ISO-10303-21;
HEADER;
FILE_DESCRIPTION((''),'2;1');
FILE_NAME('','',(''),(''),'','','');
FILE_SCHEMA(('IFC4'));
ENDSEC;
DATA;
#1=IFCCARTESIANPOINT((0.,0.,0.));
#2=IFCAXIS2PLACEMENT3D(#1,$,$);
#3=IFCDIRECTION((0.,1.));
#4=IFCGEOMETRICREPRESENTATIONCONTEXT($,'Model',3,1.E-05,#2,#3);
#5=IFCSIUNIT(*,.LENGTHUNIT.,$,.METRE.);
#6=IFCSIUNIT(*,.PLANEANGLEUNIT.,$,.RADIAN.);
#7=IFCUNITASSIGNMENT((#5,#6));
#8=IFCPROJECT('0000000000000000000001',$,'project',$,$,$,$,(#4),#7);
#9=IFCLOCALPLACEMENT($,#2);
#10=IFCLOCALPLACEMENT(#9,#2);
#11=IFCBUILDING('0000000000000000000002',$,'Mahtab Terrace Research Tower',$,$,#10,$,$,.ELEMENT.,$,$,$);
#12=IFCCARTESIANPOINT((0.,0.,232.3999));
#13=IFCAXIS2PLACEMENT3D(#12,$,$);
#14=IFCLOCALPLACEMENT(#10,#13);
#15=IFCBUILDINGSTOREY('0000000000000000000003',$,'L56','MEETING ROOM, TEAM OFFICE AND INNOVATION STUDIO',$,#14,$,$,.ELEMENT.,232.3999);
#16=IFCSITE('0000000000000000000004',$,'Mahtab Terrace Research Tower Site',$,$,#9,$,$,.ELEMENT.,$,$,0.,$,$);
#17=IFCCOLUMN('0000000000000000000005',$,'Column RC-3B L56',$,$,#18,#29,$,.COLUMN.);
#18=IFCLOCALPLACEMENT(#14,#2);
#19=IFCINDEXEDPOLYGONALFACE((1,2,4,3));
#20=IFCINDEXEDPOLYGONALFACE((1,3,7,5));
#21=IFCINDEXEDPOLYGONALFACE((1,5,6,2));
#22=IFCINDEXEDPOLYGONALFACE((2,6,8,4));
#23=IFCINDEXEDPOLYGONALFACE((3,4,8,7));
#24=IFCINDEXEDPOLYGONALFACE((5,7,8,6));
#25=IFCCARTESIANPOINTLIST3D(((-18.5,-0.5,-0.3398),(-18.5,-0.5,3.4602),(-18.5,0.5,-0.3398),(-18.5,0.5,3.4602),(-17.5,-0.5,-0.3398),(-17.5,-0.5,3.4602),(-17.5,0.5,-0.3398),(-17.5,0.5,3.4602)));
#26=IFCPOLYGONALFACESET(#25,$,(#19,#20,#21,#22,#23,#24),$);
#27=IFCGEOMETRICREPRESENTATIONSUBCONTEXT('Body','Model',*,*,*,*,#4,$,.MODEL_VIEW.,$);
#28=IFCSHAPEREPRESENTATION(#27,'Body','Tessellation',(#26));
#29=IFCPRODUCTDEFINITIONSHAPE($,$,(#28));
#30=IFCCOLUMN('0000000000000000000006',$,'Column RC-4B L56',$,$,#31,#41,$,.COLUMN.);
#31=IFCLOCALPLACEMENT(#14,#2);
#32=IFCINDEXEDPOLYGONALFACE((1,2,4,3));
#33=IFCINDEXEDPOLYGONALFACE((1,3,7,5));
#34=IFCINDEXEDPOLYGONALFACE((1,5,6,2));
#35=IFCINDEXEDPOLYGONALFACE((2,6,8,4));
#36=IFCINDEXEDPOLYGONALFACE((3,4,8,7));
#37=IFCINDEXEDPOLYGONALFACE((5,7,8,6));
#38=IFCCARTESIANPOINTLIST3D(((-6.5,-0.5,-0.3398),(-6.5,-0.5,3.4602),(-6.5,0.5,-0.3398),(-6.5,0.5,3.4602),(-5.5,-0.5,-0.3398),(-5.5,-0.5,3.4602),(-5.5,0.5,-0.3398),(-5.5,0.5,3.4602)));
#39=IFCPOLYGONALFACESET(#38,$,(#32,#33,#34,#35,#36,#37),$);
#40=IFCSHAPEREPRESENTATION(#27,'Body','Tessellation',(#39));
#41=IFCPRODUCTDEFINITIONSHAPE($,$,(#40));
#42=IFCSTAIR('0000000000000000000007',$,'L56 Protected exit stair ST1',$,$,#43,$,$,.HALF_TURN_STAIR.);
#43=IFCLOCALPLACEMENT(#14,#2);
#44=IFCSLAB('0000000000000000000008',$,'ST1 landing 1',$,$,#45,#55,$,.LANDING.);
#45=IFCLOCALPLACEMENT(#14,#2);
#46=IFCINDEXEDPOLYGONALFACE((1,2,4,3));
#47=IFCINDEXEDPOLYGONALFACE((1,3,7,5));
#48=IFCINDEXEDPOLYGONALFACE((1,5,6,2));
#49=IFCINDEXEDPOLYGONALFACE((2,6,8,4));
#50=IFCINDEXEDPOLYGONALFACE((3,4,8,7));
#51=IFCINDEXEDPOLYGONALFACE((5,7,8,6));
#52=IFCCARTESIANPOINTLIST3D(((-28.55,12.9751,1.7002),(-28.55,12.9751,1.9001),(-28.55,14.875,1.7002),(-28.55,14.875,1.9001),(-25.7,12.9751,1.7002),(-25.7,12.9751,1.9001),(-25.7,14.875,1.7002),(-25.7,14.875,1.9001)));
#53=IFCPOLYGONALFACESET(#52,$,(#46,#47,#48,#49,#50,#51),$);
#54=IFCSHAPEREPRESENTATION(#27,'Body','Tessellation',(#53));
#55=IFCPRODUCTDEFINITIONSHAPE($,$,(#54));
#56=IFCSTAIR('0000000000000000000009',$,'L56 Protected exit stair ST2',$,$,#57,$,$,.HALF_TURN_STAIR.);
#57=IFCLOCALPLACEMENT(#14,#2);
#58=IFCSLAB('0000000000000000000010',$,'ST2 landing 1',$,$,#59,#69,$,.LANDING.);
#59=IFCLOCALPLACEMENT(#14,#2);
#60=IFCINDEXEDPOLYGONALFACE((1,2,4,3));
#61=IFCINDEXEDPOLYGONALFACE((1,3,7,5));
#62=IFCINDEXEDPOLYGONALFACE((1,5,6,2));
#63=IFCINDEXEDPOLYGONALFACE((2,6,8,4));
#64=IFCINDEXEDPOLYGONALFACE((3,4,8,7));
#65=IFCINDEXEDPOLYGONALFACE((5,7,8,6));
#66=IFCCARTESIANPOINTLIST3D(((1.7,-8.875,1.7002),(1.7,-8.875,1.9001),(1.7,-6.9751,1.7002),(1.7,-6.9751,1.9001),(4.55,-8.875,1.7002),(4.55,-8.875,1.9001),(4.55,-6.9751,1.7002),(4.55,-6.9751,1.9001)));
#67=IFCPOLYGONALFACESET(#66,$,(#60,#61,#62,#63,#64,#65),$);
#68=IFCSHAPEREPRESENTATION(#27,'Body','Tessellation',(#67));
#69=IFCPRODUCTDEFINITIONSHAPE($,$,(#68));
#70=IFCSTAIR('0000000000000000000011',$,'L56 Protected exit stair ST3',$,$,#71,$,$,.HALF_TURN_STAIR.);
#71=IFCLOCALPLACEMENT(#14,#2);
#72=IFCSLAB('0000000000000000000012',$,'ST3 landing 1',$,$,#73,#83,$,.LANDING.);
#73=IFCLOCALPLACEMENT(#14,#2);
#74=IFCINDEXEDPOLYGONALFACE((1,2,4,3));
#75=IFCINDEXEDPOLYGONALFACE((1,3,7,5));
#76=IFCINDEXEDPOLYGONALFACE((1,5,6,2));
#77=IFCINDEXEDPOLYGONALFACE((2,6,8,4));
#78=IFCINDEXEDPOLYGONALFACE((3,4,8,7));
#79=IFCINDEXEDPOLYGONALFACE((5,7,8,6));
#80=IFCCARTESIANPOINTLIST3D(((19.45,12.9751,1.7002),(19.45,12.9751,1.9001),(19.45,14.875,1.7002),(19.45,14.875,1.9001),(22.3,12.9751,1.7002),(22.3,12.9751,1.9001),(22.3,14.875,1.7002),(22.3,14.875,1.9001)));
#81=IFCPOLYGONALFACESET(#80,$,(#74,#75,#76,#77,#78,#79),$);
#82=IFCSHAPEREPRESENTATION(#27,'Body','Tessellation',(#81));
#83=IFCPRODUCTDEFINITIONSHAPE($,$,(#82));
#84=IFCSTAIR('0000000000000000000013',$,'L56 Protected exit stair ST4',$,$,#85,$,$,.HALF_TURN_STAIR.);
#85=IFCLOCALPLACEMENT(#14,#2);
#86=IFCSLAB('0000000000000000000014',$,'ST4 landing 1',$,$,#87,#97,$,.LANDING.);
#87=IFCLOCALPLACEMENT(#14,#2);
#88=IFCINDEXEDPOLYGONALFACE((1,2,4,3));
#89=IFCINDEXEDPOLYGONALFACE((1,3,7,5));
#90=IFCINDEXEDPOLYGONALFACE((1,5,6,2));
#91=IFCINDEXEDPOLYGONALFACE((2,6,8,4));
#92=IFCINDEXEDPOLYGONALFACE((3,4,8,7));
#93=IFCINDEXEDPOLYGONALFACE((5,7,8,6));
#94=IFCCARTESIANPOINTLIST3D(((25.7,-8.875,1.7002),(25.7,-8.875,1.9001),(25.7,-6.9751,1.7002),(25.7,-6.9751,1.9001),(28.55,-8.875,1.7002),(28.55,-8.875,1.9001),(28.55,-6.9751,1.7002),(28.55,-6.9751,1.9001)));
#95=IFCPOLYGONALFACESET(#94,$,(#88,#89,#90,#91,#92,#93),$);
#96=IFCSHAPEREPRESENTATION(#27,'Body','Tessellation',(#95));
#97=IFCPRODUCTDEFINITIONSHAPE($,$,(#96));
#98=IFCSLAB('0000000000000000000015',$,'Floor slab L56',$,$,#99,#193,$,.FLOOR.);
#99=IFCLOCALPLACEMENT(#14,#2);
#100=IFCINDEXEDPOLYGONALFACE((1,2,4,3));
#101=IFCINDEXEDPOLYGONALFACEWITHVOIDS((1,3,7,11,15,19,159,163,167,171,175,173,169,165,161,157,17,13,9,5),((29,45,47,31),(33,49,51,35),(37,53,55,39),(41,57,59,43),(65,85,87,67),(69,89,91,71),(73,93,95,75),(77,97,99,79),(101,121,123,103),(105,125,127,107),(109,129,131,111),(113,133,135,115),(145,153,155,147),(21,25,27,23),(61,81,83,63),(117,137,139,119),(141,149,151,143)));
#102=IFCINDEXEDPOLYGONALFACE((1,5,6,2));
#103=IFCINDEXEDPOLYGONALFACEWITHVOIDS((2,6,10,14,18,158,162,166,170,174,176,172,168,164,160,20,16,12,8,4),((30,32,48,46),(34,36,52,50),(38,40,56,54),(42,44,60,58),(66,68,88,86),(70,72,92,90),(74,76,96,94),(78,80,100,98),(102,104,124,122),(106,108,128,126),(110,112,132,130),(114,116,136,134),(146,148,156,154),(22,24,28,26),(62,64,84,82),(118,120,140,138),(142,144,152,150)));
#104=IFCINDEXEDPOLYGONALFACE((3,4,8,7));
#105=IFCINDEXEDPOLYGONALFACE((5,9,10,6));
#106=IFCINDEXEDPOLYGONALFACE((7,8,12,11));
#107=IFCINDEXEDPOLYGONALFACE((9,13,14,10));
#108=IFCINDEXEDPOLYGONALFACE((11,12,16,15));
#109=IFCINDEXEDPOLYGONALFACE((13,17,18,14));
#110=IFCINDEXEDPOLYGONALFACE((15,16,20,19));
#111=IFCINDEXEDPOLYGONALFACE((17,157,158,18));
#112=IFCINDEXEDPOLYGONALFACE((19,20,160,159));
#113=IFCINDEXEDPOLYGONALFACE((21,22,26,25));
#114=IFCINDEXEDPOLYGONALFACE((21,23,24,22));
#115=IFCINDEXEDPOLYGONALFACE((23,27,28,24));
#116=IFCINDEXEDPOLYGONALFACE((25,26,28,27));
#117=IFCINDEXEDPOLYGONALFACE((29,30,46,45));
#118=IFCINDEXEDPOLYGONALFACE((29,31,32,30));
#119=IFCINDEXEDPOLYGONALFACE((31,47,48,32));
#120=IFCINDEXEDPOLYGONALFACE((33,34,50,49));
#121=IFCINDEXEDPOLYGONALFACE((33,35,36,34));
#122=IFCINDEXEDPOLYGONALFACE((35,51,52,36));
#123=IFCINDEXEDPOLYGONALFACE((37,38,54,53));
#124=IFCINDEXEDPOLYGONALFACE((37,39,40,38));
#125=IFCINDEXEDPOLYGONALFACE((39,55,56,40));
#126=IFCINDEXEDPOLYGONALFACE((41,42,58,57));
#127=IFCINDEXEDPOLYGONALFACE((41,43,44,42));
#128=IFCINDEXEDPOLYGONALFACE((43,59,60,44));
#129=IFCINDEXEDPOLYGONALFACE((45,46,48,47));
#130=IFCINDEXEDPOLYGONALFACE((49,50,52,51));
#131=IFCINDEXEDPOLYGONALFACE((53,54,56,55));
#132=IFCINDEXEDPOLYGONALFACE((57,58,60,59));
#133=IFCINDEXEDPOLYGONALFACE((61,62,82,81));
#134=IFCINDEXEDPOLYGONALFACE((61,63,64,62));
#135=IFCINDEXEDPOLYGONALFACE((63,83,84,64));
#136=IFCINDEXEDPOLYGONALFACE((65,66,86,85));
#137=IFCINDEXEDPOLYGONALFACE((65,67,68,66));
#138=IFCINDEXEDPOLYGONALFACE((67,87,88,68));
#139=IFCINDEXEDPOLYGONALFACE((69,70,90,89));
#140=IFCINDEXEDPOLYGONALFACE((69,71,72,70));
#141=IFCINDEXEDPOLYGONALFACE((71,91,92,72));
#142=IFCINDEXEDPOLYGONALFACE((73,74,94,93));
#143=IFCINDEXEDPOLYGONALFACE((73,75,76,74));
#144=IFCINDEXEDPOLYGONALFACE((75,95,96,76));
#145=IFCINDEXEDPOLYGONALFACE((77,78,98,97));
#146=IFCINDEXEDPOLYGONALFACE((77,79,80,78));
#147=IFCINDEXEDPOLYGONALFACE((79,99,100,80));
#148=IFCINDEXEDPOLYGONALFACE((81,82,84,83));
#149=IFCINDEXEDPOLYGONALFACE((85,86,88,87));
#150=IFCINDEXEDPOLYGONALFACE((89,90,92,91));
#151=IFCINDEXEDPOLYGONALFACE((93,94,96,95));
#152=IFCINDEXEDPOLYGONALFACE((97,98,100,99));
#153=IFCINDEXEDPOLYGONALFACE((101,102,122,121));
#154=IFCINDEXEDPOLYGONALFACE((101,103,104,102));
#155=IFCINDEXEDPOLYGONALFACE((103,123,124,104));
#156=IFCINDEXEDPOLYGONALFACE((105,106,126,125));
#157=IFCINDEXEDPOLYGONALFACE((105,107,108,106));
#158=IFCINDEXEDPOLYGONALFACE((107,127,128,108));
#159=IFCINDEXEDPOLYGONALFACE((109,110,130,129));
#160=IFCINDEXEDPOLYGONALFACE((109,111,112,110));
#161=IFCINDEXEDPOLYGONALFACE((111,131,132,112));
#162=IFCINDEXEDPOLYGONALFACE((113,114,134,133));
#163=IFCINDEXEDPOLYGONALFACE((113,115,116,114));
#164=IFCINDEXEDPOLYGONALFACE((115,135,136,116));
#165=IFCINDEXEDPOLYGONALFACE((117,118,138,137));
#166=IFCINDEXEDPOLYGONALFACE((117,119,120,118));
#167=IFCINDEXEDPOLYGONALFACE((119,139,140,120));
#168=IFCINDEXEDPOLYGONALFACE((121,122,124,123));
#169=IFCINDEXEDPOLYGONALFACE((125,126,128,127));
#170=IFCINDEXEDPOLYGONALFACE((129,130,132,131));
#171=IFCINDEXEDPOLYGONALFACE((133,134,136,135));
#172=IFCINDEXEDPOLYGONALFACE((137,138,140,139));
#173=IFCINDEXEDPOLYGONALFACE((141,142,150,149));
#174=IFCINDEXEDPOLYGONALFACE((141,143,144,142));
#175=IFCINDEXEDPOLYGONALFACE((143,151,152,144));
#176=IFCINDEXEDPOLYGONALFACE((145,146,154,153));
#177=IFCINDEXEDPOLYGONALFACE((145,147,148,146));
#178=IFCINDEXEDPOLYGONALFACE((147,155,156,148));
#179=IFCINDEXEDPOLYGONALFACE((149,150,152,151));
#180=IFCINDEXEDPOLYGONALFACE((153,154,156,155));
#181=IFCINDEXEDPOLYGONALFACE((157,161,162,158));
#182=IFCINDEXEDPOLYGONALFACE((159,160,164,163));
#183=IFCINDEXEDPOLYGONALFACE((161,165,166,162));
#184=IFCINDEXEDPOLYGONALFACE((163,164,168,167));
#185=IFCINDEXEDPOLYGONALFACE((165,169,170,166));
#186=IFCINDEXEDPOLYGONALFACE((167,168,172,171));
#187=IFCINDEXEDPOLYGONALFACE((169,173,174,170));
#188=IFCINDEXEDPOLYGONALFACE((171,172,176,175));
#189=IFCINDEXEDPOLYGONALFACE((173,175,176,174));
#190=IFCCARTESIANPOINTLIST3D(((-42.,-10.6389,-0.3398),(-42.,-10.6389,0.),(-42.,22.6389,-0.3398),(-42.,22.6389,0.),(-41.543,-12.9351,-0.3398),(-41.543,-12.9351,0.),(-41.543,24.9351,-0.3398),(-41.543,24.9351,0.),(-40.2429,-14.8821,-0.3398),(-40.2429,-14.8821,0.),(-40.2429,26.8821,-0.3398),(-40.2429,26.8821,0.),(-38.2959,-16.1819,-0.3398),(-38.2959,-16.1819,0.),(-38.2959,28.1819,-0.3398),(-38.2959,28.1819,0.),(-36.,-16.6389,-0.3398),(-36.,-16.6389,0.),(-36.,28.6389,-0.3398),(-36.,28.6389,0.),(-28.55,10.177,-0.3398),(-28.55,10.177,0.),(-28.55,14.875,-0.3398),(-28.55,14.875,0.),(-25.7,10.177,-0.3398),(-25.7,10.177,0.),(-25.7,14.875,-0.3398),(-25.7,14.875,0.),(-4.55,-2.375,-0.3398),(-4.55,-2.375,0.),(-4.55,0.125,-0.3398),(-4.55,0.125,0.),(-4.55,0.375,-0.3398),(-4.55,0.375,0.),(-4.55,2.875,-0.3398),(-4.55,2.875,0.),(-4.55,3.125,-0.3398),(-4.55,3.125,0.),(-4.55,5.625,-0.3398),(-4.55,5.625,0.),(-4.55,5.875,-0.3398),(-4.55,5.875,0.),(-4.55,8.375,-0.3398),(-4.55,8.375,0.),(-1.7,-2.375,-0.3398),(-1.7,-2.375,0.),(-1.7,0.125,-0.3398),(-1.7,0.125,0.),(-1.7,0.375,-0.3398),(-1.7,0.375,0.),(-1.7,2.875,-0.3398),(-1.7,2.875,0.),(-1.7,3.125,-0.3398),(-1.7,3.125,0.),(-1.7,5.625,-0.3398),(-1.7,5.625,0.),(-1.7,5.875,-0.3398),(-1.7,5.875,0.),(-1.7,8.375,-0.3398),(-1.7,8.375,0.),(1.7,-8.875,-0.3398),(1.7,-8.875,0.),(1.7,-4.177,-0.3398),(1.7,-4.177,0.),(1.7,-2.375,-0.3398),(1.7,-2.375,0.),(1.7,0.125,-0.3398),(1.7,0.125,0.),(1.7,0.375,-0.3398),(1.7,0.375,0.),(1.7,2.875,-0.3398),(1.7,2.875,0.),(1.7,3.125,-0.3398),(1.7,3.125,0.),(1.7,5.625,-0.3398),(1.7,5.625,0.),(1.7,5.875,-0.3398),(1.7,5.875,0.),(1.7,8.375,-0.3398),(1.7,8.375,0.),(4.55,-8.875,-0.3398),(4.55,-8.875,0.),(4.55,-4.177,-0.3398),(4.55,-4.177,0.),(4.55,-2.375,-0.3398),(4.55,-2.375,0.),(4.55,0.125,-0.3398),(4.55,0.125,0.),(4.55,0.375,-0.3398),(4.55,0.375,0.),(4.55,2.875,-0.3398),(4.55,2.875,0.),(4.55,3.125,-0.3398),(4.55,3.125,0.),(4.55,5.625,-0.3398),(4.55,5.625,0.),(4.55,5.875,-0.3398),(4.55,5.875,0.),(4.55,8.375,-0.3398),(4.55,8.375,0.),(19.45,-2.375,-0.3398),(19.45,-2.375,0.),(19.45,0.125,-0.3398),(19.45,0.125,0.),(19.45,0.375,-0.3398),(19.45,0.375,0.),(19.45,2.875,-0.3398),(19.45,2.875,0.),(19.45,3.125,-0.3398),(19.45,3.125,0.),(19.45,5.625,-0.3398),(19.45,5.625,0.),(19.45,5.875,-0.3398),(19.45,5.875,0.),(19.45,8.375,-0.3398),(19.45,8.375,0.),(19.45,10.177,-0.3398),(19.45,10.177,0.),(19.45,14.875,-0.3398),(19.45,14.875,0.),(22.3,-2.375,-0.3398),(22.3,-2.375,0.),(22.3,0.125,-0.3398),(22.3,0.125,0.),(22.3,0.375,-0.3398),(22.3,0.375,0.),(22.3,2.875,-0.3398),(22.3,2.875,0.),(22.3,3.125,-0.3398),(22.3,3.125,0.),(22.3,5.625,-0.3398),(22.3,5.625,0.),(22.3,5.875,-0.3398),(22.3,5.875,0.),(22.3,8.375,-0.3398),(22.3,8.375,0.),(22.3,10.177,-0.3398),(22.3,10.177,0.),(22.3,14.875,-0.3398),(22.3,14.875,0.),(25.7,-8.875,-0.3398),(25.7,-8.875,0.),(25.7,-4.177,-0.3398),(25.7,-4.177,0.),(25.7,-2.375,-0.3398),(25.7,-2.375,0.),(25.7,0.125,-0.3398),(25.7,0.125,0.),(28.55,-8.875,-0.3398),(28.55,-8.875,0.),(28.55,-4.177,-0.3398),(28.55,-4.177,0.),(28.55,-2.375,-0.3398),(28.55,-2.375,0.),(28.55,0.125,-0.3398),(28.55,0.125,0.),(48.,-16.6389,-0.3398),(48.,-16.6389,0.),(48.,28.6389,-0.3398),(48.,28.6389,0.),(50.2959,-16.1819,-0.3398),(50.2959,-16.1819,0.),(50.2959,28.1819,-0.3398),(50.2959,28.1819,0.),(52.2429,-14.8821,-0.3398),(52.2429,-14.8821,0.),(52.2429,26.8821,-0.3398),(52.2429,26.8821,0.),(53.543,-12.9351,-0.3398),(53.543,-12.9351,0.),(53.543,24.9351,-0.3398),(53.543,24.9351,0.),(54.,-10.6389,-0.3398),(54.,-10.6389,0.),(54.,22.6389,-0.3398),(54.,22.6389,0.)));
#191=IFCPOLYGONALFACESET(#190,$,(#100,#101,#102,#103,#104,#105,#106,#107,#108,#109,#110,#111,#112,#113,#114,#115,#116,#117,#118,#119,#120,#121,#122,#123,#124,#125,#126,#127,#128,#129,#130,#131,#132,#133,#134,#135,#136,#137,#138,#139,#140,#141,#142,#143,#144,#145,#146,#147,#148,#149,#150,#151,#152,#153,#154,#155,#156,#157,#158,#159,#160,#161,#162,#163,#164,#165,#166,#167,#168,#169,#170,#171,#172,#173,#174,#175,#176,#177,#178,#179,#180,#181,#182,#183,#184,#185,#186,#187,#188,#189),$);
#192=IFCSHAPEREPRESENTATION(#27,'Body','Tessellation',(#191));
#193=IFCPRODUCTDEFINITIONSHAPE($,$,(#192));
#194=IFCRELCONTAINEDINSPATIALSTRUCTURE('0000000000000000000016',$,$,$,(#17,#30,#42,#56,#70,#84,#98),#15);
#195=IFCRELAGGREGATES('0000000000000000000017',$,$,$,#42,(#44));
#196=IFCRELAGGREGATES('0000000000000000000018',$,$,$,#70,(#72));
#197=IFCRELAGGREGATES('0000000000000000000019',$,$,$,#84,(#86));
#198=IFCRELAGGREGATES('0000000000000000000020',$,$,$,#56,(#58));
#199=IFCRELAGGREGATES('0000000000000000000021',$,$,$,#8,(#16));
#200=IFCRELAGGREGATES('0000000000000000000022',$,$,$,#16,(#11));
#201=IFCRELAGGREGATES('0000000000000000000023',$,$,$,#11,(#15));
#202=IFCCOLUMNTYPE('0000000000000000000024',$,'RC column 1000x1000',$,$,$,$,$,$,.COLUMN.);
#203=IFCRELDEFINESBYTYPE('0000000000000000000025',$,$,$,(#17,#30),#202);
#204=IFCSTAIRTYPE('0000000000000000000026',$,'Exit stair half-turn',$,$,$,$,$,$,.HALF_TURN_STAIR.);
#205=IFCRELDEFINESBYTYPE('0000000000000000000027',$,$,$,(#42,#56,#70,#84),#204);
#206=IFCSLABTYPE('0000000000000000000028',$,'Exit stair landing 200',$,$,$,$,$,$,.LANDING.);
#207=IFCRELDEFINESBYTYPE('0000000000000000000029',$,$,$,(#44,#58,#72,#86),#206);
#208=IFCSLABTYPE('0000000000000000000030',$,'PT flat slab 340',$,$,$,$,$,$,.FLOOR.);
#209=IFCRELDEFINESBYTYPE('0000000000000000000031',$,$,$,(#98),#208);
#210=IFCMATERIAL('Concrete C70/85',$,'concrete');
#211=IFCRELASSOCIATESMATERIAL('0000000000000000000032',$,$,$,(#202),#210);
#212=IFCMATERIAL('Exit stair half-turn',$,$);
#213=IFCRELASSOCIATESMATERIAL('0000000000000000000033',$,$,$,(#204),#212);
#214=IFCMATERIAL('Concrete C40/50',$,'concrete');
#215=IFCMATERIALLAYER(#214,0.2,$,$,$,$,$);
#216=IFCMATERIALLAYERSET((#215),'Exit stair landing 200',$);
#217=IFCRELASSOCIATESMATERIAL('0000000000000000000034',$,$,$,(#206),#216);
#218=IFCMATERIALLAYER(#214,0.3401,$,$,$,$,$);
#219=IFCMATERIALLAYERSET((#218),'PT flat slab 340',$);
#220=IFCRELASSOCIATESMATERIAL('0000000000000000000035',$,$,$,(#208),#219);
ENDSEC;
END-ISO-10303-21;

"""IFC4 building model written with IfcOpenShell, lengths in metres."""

from ifc_helpers import new_model, si_unit, direction, frame, origin, origin_2d, place, context, subcontext, project, spatial, polyline, rectangle, outline, extrude, material, layer, layer_set, material_profile, profile_set, type_object, element, aggregate, save


model = new_model("IFC4")

# Units and contexts
model_context = context("Model", 3, precision=1e-05, world=origin(), true_north=direction((0.0, 1.0)))
body_context = subcontext(model_context, "Body", "Model", "MODEL_VIEW")
ifc_project = project(units=[si_unit("LENGTHUNIT", "METRE"), si_unit("PLANEANGLEUNIT", "RADIAN")], contexts=[model_context])

# Site, building, storey
site_placement = place(None, origin())
site = spatial("IfcSite", under=ifc_project, at=site_placement, Name="Mahtab Terrace Research Tower Site", CompositionType="ELEMENT", RefElevation=0.0)
building_placement = place(site_placement, origin())
building = spatial("IfcBuilding", under=site, at=building_placement, Name="Mahtab Terrace Research Tower", CompositionType="ELEMENT")
storey_placement = place(building_placement, frame((0.0, 0.0, 232.3999)))
storey = spatial("IfcBuildingStorey", under=building, at=storey_placement, Name="L56", Description="MEETING ROOM, TEAM OFFICE AND INNOVATION STUDIO", CompositionType="ELEMENT", Elevation=232.3999)

# Columns
ifc_material_1 = material(Name="Concrete C70/85", Category="concrete")
ifc_material_profile = material_profile(ifc_material_1, rectangle(XDim=1.0, YDim=1.0, at=origin_2d()), Name="RC column 1000x1000")
ifc_profile_set = profile_set([ifc_material_profile], Name="Concrete C70/85")
column_type = type_object("IfcColumnType", Name="RC column 1000x1000", PredefinedType="COLUMN", material=ifc_profile_set)
for number, where, z_axis, x_axis, name in (
    (1, (-18.0, 0.0, -0.3398), (0.0, 0.0, 1.0), (1.0, 0.0, 0.0), "Column RC-3B L56"),
    (2, (-6.0, 0.0, -0.3398), (0.0, 0.0, 1.0), (1.0, 0.0, 0.0), "Column RC-4B L56"),
):
    element("IfcColumn", number, at=place(storey_placement, frame(where, z_axis=z_axis, x_axis=x_axis)), inside=storey, type_object=column_type, Name=name, PredefinedType="COLUMN", context=body_context, shape_type="SweptSolid", body=[
        extrude(rectangle(XDim=1.0, YDim=1.0, at=origin_2d()), origin(), (0.0, 0.0, 1.0), 3.8),
    ])

# Stairs, slabs
ifc_material_2 = material(Name="Exit stair half-turn")
stair_type = type_object("IfcStairType", Name="Exit stair half-turn", PredefinedType="HALF_TURN_STAIR", material=ifc_material_2)
stair_1_placement = place(storey_placement, origin())
stair_1 = element("IfcStair", 3, at=stair_1_placement, inside=storey, type_object=stair_type, Name="L56 Protected exit stair ST1", PredefinedType="HALF_TURN_STAIR")
ifc_material_3 = material(Name="Concrete C40/50", Category="concrete")
ifc_layer_1 = layer(ifc_material_3, 0.2)
ifc_layer_set_1 = layer_set([ifc_layer_1], Name="Exit stair landing 200")
slab_type_1 = type_object("IfcSlabType", Name="Exit stair landing 200", PredefinedType="LANDING", material=ifc_layer_set_1)
slab_1_placement = place(storey_placement, frame((0.0, 0.0, 1.7002)))
slab_1 = element("IfcSlab", 4, at=slab_1_placement, type_object=slab_type_1, Name="ST1 landing 1", PredefinedType="LANDING", context=body_context, shape_type="SweptSolid", body=[
    extrude(outline(polyline([(-25.7, 12.9751), (-25.7, 14.875), (-28.55, 14.875), (-28.55, 12.9751), (-25.7, 12.9751)])), origin(), (0.0, 0.0, 1.0), 0.2),
])
aggregate(stair_1, [slab_1])
stair_2_placement = place(storey_placement, origin())
stair_2 = element("IfcStair", 5, at=stair_2_placement, inside=storey, type_object=stair_type, Name="L56 Protected exit stair ST2", PredefinedType="HALF_TURN_STAIR")
slab_2_placement = place(storey_placement, frame((0.0, 0.0, 1.7002)))
slab_2 = element("IfcSlab", 6, at=slab_2_placement, type_object=slab_type_1, Name="ST2 landing 1", PredefinedType="LANDING", context=body_context, shape_type="SweptSolid", body=[
    extrude(outline(polyline([(1.7, -6.9751), (1.7, -8.875), (4.55, -8.875), (4.55, -6.9751), (1.7, -6.9751)])), origin(), (0.0, 0.0, 1.0), 0.2),
])
stair_3_placement = place(storey_placement, origin())
stair_3 = element("IfcStair", 7, at=stair_3_placement, inside=storey, type_object=stair_type, Name="L56 Protected exit stair ST3", PredefinedType="HALF_TURN_STAIR")
slab_3_placement = place(storey_placement, frame((0.0, 0.0, 1.7002)))
slab_3 = element("IfcSlab", 8, at=slab_3_placement, type_object=slab_type_1, Name="ST3 landing 1", PredefinedType="LANDING", context=body_context, shape_type="SweptSolid", body=[
    extrude(outline(polyline([(22.3, 12.9751), (22.3, 14.875), (19.45, 14.875), (19.45, 12.9751), (22.3, 12.9751)])), origin(), (0.0, 0.0, 1.0), 0.2),
])
aggregate(stair_3, [slab_3])
stair_4_placement = place(storey_placement, origin())
stair_4 = element("IfcStair", 9, at=stair_4_placement, inside=storey, type_object=stair_type, Name="L56 Protected exit stair ST4", PredefinedType="HALF_TURN_STAIR")
slab_4_placement = place(storey_placement, frame((0.0, 0.0, 1.7002)))
slab_4 = element("IfcSlab", 10, at=slab_4_placement, type_object=slab_type_1, Name="ST4 landing 1", PredefinedType="LANDING", context=body_context, shape_type="SweptSolid", body=[
    extrude(outline(polyline([(25.7, -6.9751), (25.7, -8.875), (28.55, -8.875), (28.55, -6.9751), (25.7, -6.9751)])), origin(), (0.0, 0.0, 1.0), 0.2),
])
aggregate(stair_4, [slab_4])

# Slab
ifc_layer_2 = layer(ifc_material_3, 0.3401)
ifc_layer_set_2 = layer_set([ifc_layer_2], Name="PT flat slab 340")
slab_type_2 = type_object("IfcSlabType", Name="PT flat slab 340", PredefinedType="FLOOR", material=ifc_layer_set_2)
slab_5_placement = place(storey_placement, frame((0.0, 0.0, -0.3398)))
element("IfcSlab", 11, at=slab_5_placement, inside=storey, type_object=slab_type_2, Name="Floor slab L56", PredefinedType="FLOOR", context=body_context, shape_type="SweptSolid", body=[
    extrude(outline(polyline([(53.543, 24.9351), (52.2429, 26.8821), (50.2959, 28.1819), (48.0, 28.6389), (-36.0, 28.6389), (-38.2959, 28.1819), (-40.2429, 26.8821), (-41.543, 24.9351), (-42.0, 22.6389), (-42.0, -10.6389), (-41.543, -12.9351), (-40.2429, -14.8821), (-38.2959, -16.1819), (-36.0, -16.6389), (48.0, -16.6389), (50.2959, -16.1819), (52.2429, -14.8821), (53.543, -12.9351), (54.0, -10.6389), (54.0, 22.6389), (53.543, 24.9351)]), holes=[polyline([(-4.55, -2.375), (-4.55, 0.125), (-1.7, 0.125), (-1.7, -2.375), (-4.55, -2.375)]), polyline([(1.7, -2.375), (1.7, 0.125), (4.55, 0.125), (4.55, -2.375), (1.7, -2.375)]), polyline([(-4.55, 0.375), (-4.55, 2.875), (-1.7, 2.875), (-1.7, 0.375), (-4.55, 0.375)]), polyline([(1.7, 0.375), (1.7, 2.875), (4.55, 2.875), (4.55, 0.375), (1.7, 0.375)]), polyline([(-4.55, 3.125), (-4.55, 5.625), (-1.7, 5.625), (-1.7, 3.125), (-4.55, 3.125)]), polyline([(1.7, 3.125), (1.7, 5.625), (4.55, 5.625), (4.55, 3.125), (1.7, 3.125)]), polyline([(-4.55, 5.875), (-4.55, 8.375), (-1.7, 8.375), (-1.7, 5.875), (-4.55, 5.875)]), polyline([(1.7, 5.875), (1.7, 8.375), (4.55, 8.375), (4.55, 5.875), (1.7, 5.875)]), polyline([(-28.55, 10.177), (-28.55, 14.875), (-25.7, 14.875), (-25.7, 10.177), (-28.55, 10.177)]), polyline([(1.7, -8.875), (1.7, -4.177), (4.55, -4.177), (4.55, -8.875), (1.7, -8.875)]), polyline([(25.7, -8.875), (25.7, -4.177), (28.55, -4.177), (28.55, -8.875), (25.7, -8.875)]), polyline([(19.45, -2.375), (19.45, 0.125), (22.3, 0.125), (22.3, -2.375), (19.45, -2.375)]), polyline([(25.7, -2.375), (25.7, 0.125), (28.55, 0.125), (28.55, -2.375), (25.7, -2.375)]), polyline([(19.45, 0.375), (19.45, 2.875), (22.3, 2.875), (22.3, 0.375), (19.45, 0.375)]), polyline([(19.45, 3.125), (19.45, 5.625), (22.3, 5.625), (22.3, 3.125), (19.45, 3.125)]), polyline([(19.45, 8.375), (22.3, 8.375), (22.3, 5.875), (19.45, 5.875), (19.45, 8.375)]), polyline([(19.45, 14.875), (22.3, 14.875), (22.3, 10.177), (19.45, 10.177), (19.45, 14.875)])]), origin(), (0.0, 0.0, 1.0), 0.3398),
])

aggregate(stair_2, [slab_2])

save(model, "model.ifc")
